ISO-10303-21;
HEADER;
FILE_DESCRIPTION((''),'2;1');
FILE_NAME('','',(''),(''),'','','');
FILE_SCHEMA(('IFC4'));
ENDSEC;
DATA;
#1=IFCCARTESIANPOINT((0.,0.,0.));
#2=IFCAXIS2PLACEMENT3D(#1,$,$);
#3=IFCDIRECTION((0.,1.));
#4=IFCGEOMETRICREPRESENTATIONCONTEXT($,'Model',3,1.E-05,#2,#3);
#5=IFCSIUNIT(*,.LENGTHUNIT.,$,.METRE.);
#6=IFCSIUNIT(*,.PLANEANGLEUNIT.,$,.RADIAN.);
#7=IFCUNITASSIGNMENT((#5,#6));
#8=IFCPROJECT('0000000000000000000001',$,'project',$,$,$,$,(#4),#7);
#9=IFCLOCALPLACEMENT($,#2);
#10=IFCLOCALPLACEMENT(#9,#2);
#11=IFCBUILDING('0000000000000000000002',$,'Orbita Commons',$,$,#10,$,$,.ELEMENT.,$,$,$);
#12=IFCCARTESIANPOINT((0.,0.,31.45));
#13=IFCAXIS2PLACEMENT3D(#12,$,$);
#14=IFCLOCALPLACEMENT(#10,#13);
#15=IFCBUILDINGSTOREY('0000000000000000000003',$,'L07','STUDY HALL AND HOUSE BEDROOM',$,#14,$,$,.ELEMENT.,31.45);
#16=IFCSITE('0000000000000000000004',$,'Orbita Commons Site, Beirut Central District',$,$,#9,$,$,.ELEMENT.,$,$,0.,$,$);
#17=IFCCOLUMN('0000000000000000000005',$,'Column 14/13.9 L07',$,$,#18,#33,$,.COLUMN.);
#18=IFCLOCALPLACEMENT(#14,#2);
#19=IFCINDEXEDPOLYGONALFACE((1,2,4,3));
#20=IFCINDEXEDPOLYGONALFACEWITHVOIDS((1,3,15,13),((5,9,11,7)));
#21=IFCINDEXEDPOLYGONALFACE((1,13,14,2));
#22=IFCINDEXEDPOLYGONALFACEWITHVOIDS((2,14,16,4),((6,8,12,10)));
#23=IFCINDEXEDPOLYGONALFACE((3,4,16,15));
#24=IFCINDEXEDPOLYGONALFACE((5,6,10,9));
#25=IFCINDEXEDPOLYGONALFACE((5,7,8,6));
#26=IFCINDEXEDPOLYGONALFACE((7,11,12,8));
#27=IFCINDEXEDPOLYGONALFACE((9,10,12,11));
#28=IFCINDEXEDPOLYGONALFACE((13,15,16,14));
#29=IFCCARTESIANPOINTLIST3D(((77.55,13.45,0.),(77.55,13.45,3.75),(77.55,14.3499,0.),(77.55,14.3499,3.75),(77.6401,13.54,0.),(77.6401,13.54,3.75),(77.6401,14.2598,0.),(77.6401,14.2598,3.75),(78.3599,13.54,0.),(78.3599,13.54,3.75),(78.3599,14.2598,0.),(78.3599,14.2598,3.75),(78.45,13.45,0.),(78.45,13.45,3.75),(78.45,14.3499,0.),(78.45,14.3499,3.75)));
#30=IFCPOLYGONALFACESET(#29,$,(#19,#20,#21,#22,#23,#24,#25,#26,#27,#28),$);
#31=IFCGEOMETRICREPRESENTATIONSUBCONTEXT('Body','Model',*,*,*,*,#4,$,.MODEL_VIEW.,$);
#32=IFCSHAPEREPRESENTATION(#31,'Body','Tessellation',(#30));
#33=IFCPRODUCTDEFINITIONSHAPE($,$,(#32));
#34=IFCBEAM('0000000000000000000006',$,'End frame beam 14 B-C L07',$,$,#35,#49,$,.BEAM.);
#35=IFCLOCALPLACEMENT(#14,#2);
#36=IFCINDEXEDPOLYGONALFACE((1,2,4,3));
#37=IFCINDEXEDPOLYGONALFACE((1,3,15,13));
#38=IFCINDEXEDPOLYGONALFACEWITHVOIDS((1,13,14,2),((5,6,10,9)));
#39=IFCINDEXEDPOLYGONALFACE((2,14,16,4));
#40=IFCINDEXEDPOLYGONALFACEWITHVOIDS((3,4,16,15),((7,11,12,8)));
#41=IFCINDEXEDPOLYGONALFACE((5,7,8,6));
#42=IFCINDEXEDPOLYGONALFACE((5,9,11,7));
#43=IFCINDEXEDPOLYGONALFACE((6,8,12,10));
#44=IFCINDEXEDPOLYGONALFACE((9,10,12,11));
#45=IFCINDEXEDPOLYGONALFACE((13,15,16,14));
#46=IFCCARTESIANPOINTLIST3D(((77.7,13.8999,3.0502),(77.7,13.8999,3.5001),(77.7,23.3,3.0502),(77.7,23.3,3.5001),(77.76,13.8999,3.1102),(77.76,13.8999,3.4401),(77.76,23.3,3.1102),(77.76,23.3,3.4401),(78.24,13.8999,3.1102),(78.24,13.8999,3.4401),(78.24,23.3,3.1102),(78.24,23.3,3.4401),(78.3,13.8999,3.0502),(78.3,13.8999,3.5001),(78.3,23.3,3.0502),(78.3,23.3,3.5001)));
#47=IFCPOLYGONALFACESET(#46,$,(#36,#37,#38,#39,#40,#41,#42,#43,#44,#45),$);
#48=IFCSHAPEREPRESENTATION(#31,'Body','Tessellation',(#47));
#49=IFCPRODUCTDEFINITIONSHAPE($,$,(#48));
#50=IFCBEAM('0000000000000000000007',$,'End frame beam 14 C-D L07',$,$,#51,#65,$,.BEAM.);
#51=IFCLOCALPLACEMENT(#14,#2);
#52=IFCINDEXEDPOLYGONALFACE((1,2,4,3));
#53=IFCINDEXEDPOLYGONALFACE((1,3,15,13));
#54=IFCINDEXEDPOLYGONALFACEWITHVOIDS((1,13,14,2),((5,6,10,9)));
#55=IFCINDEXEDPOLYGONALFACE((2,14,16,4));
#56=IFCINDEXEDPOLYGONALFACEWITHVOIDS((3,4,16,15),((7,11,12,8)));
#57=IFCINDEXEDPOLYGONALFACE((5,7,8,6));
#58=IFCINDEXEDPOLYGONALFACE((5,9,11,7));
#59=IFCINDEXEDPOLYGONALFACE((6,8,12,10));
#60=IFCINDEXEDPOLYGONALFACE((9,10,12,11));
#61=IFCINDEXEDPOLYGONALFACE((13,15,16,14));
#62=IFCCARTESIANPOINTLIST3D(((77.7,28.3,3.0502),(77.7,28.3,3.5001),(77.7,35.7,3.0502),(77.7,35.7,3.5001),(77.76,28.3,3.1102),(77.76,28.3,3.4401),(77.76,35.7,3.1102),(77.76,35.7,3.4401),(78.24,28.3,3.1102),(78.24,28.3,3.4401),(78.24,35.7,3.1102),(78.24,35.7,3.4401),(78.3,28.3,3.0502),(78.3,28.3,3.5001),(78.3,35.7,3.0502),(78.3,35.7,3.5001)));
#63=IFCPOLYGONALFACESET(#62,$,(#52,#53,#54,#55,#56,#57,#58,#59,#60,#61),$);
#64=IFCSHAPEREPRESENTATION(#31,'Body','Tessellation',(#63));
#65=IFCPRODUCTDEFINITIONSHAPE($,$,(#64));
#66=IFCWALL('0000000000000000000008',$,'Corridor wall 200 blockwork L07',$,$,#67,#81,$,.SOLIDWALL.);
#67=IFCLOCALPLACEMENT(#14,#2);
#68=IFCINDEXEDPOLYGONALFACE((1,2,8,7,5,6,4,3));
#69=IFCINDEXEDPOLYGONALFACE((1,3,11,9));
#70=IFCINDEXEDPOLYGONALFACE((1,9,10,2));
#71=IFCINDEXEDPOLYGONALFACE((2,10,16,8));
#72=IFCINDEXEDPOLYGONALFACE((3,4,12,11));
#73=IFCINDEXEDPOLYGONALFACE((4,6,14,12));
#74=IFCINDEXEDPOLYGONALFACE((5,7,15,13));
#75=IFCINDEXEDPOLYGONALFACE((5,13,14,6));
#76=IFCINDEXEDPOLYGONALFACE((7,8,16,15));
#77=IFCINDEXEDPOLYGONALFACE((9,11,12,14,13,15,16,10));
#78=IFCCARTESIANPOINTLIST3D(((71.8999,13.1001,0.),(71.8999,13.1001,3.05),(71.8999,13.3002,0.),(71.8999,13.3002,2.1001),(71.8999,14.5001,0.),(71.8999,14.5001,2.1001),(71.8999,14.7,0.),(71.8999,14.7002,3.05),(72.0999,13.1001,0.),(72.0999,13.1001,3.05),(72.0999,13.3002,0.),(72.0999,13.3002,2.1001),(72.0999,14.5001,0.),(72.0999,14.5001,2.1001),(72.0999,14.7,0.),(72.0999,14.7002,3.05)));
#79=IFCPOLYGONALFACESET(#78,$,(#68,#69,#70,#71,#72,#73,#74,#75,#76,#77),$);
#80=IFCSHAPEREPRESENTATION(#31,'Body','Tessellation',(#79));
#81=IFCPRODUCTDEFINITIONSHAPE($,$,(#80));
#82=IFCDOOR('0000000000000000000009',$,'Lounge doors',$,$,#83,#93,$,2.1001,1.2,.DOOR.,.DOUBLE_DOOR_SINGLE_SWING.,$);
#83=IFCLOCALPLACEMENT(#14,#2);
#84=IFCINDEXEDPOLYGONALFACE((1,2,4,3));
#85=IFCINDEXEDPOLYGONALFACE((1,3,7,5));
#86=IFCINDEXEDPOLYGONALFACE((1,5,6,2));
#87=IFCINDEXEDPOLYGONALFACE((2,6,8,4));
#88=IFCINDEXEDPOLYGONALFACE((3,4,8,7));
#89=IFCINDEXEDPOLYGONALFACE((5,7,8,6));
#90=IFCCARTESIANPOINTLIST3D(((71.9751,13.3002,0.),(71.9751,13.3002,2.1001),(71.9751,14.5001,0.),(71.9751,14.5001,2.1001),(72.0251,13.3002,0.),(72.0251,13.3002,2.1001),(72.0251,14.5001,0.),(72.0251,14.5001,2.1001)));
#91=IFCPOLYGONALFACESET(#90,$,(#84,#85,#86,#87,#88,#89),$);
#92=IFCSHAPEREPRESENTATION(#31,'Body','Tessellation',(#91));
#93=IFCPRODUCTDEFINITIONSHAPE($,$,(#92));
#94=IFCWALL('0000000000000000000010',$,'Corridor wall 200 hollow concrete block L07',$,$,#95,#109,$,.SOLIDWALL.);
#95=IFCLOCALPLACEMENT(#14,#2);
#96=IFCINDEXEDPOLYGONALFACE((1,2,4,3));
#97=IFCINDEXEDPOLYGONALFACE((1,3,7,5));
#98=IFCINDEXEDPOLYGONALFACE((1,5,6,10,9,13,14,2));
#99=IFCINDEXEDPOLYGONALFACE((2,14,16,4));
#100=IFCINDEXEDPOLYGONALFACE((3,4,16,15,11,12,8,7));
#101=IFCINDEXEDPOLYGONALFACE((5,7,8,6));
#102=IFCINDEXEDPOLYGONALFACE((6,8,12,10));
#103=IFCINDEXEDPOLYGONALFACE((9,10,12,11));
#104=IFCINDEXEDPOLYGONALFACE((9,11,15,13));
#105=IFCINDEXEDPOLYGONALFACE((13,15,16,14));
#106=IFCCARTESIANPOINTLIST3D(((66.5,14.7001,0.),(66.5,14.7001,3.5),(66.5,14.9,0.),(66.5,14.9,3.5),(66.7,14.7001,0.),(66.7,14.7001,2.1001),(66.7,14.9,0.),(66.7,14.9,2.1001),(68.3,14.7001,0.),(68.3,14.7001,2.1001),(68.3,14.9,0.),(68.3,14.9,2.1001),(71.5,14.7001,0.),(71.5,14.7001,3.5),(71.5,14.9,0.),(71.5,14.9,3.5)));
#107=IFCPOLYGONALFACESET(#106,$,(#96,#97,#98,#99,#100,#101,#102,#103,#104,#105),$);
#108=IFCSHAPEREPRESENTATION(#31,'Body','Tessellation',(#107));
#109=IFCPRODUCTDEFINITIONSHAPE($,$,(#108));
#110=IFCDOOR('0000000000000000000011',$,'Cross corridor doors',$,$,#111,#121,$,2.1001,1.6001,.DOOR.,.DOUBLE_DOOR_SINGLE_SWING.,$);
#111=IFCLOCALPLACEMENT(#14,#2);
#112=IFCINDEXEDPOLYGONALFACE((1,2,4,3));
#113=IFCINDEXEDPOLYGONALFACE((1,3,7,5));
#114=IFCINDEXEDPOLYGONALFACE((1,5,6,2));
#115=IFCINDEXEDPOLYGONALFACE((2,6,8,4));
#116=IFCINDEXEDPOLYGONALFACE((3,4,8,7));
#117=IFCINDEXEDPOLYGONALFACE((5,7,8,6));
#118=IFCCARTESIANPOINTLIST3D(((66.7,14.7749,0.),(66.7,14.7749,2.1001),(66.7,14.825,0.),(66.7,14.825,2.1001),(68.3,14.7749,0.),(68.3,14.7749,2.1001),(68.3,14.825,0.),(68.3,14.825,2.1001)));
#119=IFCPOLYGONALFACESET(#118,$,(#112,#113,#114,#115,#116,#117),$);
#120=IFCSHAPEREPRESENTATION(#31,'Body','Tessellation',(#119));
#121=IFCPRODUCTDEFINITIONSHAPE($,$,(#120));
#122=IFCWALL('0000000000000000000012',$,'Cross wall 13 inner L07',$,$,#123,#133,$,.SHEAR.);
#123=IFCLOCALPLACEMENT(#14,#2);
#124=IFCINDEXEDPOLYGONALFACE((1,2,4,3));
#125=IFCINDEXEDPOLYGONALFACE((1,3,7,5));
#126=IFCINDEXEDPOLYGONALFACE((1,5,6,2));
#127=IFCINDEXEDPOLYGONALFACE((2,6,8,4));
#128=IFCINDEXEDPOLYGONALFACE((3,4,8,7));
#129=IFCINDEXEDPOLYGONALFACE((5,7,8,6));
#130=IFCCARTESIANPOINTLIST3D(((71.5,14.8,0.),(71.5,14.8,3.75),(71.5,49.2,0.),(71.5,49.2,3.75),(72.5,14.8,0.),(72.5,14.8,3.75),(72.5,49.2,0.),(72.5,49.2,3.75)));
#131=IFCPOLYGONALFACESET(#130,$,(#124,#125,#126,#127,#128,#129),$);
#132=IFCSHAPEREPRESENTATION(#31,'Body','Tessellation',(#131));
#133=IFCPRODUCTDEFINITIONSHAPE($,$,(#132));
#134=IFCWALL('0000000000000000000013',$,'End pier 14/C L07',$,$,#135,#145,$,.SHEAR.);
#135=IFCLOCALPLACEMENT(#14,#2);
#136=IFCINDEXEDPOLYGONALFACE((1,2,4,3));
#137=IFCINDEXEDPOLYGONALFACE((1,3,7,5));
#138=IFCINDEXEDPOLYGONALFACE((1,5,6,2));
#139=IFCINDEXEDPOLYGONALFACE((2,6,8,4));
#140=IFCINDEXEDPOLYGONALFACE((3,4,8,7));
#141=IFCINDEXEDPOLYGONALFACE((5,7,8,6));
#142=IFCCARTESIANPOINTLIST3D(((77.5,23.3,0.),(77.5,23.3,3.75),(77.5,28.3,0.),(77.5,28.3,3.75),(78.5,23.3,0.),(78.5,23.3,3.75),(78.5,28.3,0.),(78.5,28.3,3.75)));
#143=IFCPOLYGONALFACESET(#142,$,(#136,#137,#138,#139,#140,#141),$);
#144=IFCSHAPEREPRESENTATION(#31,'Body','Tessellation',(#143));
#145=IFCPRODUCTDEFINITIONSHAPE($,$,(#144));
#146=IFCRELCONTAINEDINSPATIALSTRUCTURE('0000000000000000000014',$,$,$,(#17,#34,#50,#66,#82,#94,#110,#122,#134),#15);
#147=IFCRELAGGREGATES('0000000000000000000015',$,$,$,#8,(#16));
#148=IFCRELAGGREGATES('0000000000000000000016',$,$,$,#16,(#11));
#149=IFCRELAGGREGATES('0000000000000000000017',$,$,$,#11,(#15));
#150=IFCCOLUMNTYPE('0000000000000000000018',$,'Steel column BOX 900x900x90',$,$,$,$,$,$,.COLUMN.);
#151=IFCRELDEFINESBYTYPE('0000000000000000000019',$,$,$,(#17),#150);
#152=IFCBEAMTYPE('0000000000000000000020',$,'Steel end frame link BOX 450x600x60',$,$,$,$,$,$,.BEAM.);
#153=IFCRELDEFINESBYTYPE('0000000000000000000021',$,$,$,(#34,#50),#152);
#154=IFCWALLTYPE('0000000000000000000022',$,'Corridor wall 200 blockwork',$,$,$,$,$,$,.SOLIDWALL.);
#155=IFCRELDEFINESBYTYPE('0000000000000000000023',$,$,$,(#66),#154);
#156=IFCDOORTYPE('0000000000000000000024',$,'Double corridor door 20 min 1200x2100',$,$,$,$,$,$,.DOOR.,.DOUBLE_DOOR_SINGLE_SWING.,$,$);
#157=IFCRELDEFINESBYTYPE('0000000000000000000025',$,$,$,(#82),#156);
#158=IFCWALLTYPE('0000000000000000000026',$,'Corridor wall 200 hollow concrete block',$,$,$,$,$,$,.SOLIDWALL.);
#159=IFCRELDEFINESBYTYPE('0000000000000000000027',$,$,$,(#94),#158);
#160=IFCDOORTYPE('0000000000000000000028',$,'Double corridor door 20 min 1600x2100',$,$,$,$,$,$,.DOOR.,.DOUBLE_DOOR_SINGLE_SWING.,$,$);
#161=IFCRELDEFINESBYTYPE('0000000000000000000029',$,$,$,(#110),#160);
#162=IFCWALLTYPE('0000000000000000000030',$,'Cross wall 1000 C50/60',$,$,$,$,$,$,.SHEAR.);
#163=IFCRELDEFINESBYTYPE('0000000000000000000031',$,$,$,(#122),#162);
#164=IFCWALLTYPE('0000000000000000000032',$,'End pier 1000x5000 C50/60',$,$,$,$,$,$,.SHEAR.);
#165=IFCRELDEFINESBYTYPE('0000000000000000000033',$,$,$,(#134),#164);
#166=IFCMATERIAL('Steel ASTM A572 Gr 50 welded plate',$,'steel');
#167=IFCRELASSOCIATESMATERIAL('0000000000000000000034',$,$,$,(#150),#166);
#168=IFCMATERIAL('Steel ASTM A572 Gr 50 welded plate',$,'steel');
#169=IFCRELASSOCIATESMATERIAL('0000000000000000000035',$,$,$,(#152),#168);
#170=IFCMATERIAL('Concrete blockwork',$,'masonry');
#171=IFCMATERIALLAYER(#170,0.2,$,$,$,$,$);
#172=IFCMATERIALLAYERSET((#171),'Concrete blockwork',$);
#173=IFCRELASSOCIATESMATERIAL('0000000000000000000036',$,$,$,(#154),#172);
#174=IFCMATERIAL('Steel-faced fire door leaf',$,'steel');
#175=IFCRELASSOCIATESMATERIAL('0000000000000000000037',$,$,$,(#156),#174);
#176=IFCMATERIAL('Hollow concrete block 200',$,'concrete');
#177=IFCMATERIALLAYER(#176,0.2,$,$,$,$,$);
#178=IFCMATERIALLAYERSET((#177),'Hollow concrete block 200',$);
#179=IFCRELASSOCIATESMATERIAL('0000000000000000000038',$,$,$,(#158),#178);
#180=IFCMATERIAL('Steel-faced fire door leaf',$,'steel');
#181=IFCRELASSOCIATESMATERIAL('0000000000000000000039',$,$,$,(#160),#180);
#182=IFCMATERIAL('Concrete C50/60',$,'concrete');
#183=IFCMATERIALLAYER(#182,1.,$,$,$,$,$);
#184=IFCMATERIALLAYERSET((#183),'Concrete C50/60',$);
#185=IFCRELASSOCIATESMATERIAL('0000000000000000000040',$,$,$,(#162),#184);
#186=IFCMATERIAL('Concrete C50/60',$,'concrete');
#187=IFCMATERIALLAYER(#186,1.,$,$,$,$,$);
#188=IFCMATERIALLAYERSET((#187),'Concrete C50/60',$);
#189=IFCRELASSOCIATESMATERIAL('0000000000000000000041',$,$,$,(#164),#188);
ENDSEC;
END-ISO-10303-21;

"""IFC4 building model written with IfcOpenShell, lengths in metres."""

from ifc_helpers import new_model, si_unit, direction, frame, frame_2d, origin, origin_2d, place, context, subcontext, project, spatial, polyline, rectangle, hollow_rectangle, outline, extrude, material, layer, layer_set, material_profile, profile_set, type_object, element, fill, save


model = new_model("IFC4")

# Units and contexts
model_context = context("Model", 3, precision=1e-05, world=origin(), true_north=direction((0.0, 1.0)))
body_context = subcontext(model_context, "Body", "Model", "MODEL_VIEW")
ifc_project = project(units=[si_unit("LENGTHUNIT", "METRE"), si_unit("PLANEANGLEUNIT", "RADIAN")], contexts=[model_context])

# Site, building, storey
site_placement = place(None, origin())
site = spatial("IfcSite", under=ifc_project, at=site_placement, Name="Orbita Commons Site, Beirut Central District", CompositionType="ELEMENT", RefElevation=0.0)
building_placement = place(site_placement, origin())
building = spatial("IfcBuilding", under=site, at=building_placement, Name="Orbita Commons", CompositionType="ELEMENT")
storey_placement = place(building_placement, frame((0.0, 0.0, 31.45)))
storey = spatial("IfcBuildingStorey", under=building, at=storey_placement, Name="L07", Description="STUDY HALL AND HOUSE BEDROOM", CompositionType="ELEMENT", Elevation=31.45)

# Column
ifc_material_1 = material(Name="Steel ASTM A572 Gr 50 welded plate", Category="steel")
ifc_material_profile_1 = material_profile(ifc_material_1, hollow_rectangle(XDim=0.8999, YDim=0.8999, WallThickness=0.0901, at=origin_2d()), Name="BOX 900x900x90")
ifc_profile_set_1 = profile_set([ifc_material_profile_1], Name="Steel ASTM A572 Gr 50 welded plate")
column_type = type_object("IfcColumnType", Name="Steel column BOX 900x900x90", PredefinedType="COLUMN", material=ifc_profile_set_1)
column_placement = place(storey_placement, frame((78.0, 13.8999, 0.0), z_axis=(0.0, 0.0, 1.0), x_axis=(1.0, 0.0, 0.0)))
element("IfcColumn", 1, at=column_placement, inside=storey, type_object=column_type, Name="Column 14/13.9 L07", PredefinedType="COLUMN", context=body_context, shape_type="SweptSolid", body=[
    extrude(hollow_rectangle(XDim=0.8999, YDim=0.8999, WallThickness=0.0901, at=origin_2d()), origin(), (0.0, 0.0, 1.0), 3.75),
])

# Beams
ifc_material_2 = material(Name="Steel ASTM A572 Gr 50 welded plate", Category="steel")
ifc_material_profile_2 = material_profile(ifc_material_2, hollow_rectangle(XDim=0.6001, YDim=0.45, WallThickness=0.0601, at=origin_2d()), Name="BOX 450x600x60")
ifc_profile_set_2 = profile_set([ifc_material_profile_2], Name="Steel ASTM A572 Gr 50 welded plate")
beam_type = type_object("IfcBeamType", Name="Steel end frame link BOX 450x600x60", PredefinedType="BEAM", material=ifc_profile_set_2)
beam_1_placement = place(storey_placement, frame((78.0, 13.8999, 3.2751), z_axis=(0.0, 1.0, 0.0), x_axis=(-1.0, 0.0, 0.0)))
element("IfcBeam", 2, at=beam_1_placement, inside=storey, type_object=beam_type, Name="End frame beam 14 B-C L07", PredefinedType="BEAM", context=body_context, shape_type="SweptSolid", body=[
    extrude(hollow_rectangle(XDim=0.6001, YDim=0.45, WallThickness=0.0601, at=origin_2d()), origin(), (0.0, 0.0, 1.0), 9.4001),
])
beam_2_placement = place(storey_placement, frame((78.0, 28.3, 3.2751), z_axis=(0.0, 1.0, 0.0), x_axis=(-1.0, 0.0, 0.0)))
element("IfcBeam", 3, at=beam_2_placement, inside=storey, type_object=beam_type, Name="End frame beam 14 C-D L07", PredefinedType="BEAM", context=body_context, shape_type="SweptSolid", body=[
    extrude(hollow_rectangle(XDim=0.6001, YDim=0.45, WallThickness=0.0601, at=origin_2d()), origin(), (0.0, 0.0, 1.0), 7.3999),
])

# Walls, openings, doors
ifc_material_3 = material(Name="Concrete blockwork", Category="masonry")
ifc_layer_1 = layer(ifc_material_3, 0.2)
ifc_layer_set_1 = layer_set([ifc_layer_1], Name="Concrete blockwork")
wall_type_1 = type_object("IfcWallType", Name="Corridor wall 200 blockwork", PredefinedType="SOLIDWALL", material=ifc_layer_set_1)
wall_1_placement = place(storey_placement, frame((72.0, 13.1001, 0.0), z_axis=(0.0, 0.0, 1.0), x_axis=(0.0, 1.0, 0.0)))
wall_1 = element("IfcWall", 4, at=wall_1_placement, inside=storey, type_object=wall_type_1, Name="Corridor wall 200 blockwork L07", PredefinedType="SOLIDWALL", context=body_context, shape_type="SweptSolid", body=[
    extrude(outline(polyline([(0.0, 0.0), (1.5999, 0.0), (1.6001, 3.05), (0.0, 3.05), (0.0, 0.0)])), frame((0.0, 0.1001, 0.0), z_axis=(0.0, -1.0, 0.0), x_axis=(1.0, 0.0, 0.0)), (0.0, 0.0, 1.0), 0.2),
])
opening_1_placement = place(wall_1_placement, frame((0.2, 0.0, 0.0)))
opening_1 = element("IfcOpeningElement", 5, at=opening_1_placement, cuts=wall_1, PredefinedType="OPENING", context=body_context, shape_type="SweptSolid", body=[
    extrude(rectangle(XDim=1.2, YDim=2.1001, at=frame_2d((0.6001, 1.05))), frame((0.0, 0.1099, 0.0), z_axis=(0.0, -1.0, 0.0), x_axis=(1.0, 0.0, 0.0)), (0.0, 0.0, 1.0), 0.22),
])
ifc_material_4 = material(Name="Steel-faced fire door leaf", Category="steel")
door_type_1 = type_object("IfcDoorType", Name="Double corridor door 20 min 1200x2100", OperationType="DOUBLE_DOOR_SINGLE_SWING", PredefinedType="DOOR", material=ifc_material_4)
door_1_placement = place(opening_1_placement, origin())
door_1 = element("IfcDoor", 6, at=door_1_placement, inside=storey, type_object=door_type_1, Name="Lounge doors", OperationType="DOUBLE_DOOR_SINGLE_SWING", OverallHeight=2.1001, OverallWidth=1.2, PredefinedType="DOOR", context=body_context, shape_type="SweptSolid", body=[
    extrude(rectangle(XDim=1.2, YDim=2.1001, at=frame_2d((0.6001, 1.05))), frame((0.0, 0.0249, 0.0), z_axis=(0.0, -1.0, 0.0), x_axis=(1.0, 0.0, 0.0)), (0.0, 0.0, 1.0), 0.05),
])
fill(opening_1, door_1)
ifc_material_5 = material(Name="Hollow concrete block 200", Category="concrete")
ifc_layer_2 = layer(ifc_material_5, 0.2)
ifc_layer_set_2 = layer_set([ifc_layer_2], Name="Hollow concrete block 200")
wall_type_2 = type_object("IfcWallType", Name="Corridor wall 200 hollow concrete block", PredefinedType="SOLIDWALL", material=ifc_layer_set_2)
wall_2_placement = place(storey_placement, frame((66.5, 14.8, 0.0), z_axis=(0.0, 0.0, 1.0), x_axis=(1.0, 0.0, 0.0)))
wall_2 = element("IfcWall", 7, at=wall_2_placement, inside=storey, type_object=wall_type_2, Name="Corridor wall 200 hollow concrete block L07", PredefinedType="SOLIDWALL", context=body_context, shape_type="SweptSolid", body=[
    extrude(rectangle(XDim=5.0, YDim=0.2, at=frame_2d((2.5, 0.0))), origin(), (0.0, 0.0, 1.0), 3.5),
])
opening_2_placement = place(wall_2_placement, frame((0.2, 0.0, 0.0)))
opening_2 = element("IfcOpeningElement", 8, at=opening_2_placement, cuts=wall_2, PredefinedType="OPENING", context=body_context, shape_type="SweptSolid", body=[
    extrude(rectangle(XDim=1.6001, YDim=2.1001, at=frame_2d((0.8, 1.05))), frame((0.0, 0.1099, 0.0), z_axis=(0.0, -1.0, 0.0), x_axis=(1.0, 0.0, 0.0)), (0.0, 0.0, 1.0), 0.22),
])
ifc_material_6 = material(Name="Steel-faced fire door leaf", Category="steel")
door_type_2 = type_object("IfcDoorType", Name="Double corridor door 20 min 1600x2100", OperationType="DOUBLE_DOOR_SINGLE_SWING", PredefinedType="DOOR", material=ifc_material_6)
door_2_placement = place(opening_2_placement, origin())
door_2 = element("IfcDoor", 9, at=door_2_placement, inside=storey, type_object=door_type_2, Name="Cross corridor doors", OperationType="DOUBLE_DOOR_SINGLE_SWING", OverallHeight=2.1001, OverallWidth=1.6001, PredefinedType="DOOR", context=body_context, shape_type="SweptSolid", body=[
    extrude(rectangle(XDim=1.6001, YDim=2.1001, at=frame_2d((0.8, 1.05))), frame((0.0, 0.0249, 0.0), z_axis=(0.0, -1.0, 0.0), x_axis=(1.0, 0.0, 0.0)), (0.0, 0.0, 1.0), 0.05),
])
fill(opening_2, door_2)

# Walls
ifc_material_7 = material(Name="Concrete C50/60", Category="concrete")
ifc_layer_3 = layer(ifc_material_7, 1.0)
ifc_layer_set_3 = layer_set([ifc_layer_3], Name="Concrete C50/60")
wall_type_3 = type_object("IfcWallType", Name="Cross wall 1000 C50/60", PredefinedType="SHEAR", material=ifc_layer_set_3)
wall_3_placement = place(storey_placement, frame((72.0, 14.8, 0.0), z_axis=(0.0, 0.0, 1.0), x_axis=(0.0, 1.0, 0.0)))
element("IfcWall", 10, at=wall_3_placement, inside=storey, type_object=wall_type_3, Name="Cross wall 13 inner L07", PredefinedType="SHEAR", context=body_context, shape_type="SweptSolid", body=[
    extrude(rectangle(XDim=34.3999, YDim=1.0, at=frame_2d((17.2, 0.0))), origin(), (0.0, 0.0, 1.0), 3.75),
])
ifc_material_8 = material(Name="Concrete C50/60", Category="concrete")
ifc_layer_4 = layer(ifc_material_8, 1.0)
ifc_layer_set_4 = layer_set([ifc_layer_4], Name="Concrete C50/60")
wall_type_4 = type_object("IfcWallType", Name="End pier 1000x5000 C50/60", PredefinedType="SHEAR", material=ifc_layer_set_4)
wall_4_placement = place(storey_placement, frame((78.0, 23.3, 0.0), z_axis=(0.0, 0.0, 1.0), x_axis=(0.0, 1.0, 0.0)))
element("IfcWall", 11, at=wall_4_placement, inside=storey, type_object=wall_type_4, Name="End pier 14/C L07", PredefinedType="SHEAR", context=body_context, shape_type="SweptSolid", body=[
    extrude(rectangle(XDim=5.0, YDim=1.0, at=frame_2d((2.5, 0.0))), origin(), (0.0, 0.0, 1.0), 3.75),
])

save(model, "model.ifc")
